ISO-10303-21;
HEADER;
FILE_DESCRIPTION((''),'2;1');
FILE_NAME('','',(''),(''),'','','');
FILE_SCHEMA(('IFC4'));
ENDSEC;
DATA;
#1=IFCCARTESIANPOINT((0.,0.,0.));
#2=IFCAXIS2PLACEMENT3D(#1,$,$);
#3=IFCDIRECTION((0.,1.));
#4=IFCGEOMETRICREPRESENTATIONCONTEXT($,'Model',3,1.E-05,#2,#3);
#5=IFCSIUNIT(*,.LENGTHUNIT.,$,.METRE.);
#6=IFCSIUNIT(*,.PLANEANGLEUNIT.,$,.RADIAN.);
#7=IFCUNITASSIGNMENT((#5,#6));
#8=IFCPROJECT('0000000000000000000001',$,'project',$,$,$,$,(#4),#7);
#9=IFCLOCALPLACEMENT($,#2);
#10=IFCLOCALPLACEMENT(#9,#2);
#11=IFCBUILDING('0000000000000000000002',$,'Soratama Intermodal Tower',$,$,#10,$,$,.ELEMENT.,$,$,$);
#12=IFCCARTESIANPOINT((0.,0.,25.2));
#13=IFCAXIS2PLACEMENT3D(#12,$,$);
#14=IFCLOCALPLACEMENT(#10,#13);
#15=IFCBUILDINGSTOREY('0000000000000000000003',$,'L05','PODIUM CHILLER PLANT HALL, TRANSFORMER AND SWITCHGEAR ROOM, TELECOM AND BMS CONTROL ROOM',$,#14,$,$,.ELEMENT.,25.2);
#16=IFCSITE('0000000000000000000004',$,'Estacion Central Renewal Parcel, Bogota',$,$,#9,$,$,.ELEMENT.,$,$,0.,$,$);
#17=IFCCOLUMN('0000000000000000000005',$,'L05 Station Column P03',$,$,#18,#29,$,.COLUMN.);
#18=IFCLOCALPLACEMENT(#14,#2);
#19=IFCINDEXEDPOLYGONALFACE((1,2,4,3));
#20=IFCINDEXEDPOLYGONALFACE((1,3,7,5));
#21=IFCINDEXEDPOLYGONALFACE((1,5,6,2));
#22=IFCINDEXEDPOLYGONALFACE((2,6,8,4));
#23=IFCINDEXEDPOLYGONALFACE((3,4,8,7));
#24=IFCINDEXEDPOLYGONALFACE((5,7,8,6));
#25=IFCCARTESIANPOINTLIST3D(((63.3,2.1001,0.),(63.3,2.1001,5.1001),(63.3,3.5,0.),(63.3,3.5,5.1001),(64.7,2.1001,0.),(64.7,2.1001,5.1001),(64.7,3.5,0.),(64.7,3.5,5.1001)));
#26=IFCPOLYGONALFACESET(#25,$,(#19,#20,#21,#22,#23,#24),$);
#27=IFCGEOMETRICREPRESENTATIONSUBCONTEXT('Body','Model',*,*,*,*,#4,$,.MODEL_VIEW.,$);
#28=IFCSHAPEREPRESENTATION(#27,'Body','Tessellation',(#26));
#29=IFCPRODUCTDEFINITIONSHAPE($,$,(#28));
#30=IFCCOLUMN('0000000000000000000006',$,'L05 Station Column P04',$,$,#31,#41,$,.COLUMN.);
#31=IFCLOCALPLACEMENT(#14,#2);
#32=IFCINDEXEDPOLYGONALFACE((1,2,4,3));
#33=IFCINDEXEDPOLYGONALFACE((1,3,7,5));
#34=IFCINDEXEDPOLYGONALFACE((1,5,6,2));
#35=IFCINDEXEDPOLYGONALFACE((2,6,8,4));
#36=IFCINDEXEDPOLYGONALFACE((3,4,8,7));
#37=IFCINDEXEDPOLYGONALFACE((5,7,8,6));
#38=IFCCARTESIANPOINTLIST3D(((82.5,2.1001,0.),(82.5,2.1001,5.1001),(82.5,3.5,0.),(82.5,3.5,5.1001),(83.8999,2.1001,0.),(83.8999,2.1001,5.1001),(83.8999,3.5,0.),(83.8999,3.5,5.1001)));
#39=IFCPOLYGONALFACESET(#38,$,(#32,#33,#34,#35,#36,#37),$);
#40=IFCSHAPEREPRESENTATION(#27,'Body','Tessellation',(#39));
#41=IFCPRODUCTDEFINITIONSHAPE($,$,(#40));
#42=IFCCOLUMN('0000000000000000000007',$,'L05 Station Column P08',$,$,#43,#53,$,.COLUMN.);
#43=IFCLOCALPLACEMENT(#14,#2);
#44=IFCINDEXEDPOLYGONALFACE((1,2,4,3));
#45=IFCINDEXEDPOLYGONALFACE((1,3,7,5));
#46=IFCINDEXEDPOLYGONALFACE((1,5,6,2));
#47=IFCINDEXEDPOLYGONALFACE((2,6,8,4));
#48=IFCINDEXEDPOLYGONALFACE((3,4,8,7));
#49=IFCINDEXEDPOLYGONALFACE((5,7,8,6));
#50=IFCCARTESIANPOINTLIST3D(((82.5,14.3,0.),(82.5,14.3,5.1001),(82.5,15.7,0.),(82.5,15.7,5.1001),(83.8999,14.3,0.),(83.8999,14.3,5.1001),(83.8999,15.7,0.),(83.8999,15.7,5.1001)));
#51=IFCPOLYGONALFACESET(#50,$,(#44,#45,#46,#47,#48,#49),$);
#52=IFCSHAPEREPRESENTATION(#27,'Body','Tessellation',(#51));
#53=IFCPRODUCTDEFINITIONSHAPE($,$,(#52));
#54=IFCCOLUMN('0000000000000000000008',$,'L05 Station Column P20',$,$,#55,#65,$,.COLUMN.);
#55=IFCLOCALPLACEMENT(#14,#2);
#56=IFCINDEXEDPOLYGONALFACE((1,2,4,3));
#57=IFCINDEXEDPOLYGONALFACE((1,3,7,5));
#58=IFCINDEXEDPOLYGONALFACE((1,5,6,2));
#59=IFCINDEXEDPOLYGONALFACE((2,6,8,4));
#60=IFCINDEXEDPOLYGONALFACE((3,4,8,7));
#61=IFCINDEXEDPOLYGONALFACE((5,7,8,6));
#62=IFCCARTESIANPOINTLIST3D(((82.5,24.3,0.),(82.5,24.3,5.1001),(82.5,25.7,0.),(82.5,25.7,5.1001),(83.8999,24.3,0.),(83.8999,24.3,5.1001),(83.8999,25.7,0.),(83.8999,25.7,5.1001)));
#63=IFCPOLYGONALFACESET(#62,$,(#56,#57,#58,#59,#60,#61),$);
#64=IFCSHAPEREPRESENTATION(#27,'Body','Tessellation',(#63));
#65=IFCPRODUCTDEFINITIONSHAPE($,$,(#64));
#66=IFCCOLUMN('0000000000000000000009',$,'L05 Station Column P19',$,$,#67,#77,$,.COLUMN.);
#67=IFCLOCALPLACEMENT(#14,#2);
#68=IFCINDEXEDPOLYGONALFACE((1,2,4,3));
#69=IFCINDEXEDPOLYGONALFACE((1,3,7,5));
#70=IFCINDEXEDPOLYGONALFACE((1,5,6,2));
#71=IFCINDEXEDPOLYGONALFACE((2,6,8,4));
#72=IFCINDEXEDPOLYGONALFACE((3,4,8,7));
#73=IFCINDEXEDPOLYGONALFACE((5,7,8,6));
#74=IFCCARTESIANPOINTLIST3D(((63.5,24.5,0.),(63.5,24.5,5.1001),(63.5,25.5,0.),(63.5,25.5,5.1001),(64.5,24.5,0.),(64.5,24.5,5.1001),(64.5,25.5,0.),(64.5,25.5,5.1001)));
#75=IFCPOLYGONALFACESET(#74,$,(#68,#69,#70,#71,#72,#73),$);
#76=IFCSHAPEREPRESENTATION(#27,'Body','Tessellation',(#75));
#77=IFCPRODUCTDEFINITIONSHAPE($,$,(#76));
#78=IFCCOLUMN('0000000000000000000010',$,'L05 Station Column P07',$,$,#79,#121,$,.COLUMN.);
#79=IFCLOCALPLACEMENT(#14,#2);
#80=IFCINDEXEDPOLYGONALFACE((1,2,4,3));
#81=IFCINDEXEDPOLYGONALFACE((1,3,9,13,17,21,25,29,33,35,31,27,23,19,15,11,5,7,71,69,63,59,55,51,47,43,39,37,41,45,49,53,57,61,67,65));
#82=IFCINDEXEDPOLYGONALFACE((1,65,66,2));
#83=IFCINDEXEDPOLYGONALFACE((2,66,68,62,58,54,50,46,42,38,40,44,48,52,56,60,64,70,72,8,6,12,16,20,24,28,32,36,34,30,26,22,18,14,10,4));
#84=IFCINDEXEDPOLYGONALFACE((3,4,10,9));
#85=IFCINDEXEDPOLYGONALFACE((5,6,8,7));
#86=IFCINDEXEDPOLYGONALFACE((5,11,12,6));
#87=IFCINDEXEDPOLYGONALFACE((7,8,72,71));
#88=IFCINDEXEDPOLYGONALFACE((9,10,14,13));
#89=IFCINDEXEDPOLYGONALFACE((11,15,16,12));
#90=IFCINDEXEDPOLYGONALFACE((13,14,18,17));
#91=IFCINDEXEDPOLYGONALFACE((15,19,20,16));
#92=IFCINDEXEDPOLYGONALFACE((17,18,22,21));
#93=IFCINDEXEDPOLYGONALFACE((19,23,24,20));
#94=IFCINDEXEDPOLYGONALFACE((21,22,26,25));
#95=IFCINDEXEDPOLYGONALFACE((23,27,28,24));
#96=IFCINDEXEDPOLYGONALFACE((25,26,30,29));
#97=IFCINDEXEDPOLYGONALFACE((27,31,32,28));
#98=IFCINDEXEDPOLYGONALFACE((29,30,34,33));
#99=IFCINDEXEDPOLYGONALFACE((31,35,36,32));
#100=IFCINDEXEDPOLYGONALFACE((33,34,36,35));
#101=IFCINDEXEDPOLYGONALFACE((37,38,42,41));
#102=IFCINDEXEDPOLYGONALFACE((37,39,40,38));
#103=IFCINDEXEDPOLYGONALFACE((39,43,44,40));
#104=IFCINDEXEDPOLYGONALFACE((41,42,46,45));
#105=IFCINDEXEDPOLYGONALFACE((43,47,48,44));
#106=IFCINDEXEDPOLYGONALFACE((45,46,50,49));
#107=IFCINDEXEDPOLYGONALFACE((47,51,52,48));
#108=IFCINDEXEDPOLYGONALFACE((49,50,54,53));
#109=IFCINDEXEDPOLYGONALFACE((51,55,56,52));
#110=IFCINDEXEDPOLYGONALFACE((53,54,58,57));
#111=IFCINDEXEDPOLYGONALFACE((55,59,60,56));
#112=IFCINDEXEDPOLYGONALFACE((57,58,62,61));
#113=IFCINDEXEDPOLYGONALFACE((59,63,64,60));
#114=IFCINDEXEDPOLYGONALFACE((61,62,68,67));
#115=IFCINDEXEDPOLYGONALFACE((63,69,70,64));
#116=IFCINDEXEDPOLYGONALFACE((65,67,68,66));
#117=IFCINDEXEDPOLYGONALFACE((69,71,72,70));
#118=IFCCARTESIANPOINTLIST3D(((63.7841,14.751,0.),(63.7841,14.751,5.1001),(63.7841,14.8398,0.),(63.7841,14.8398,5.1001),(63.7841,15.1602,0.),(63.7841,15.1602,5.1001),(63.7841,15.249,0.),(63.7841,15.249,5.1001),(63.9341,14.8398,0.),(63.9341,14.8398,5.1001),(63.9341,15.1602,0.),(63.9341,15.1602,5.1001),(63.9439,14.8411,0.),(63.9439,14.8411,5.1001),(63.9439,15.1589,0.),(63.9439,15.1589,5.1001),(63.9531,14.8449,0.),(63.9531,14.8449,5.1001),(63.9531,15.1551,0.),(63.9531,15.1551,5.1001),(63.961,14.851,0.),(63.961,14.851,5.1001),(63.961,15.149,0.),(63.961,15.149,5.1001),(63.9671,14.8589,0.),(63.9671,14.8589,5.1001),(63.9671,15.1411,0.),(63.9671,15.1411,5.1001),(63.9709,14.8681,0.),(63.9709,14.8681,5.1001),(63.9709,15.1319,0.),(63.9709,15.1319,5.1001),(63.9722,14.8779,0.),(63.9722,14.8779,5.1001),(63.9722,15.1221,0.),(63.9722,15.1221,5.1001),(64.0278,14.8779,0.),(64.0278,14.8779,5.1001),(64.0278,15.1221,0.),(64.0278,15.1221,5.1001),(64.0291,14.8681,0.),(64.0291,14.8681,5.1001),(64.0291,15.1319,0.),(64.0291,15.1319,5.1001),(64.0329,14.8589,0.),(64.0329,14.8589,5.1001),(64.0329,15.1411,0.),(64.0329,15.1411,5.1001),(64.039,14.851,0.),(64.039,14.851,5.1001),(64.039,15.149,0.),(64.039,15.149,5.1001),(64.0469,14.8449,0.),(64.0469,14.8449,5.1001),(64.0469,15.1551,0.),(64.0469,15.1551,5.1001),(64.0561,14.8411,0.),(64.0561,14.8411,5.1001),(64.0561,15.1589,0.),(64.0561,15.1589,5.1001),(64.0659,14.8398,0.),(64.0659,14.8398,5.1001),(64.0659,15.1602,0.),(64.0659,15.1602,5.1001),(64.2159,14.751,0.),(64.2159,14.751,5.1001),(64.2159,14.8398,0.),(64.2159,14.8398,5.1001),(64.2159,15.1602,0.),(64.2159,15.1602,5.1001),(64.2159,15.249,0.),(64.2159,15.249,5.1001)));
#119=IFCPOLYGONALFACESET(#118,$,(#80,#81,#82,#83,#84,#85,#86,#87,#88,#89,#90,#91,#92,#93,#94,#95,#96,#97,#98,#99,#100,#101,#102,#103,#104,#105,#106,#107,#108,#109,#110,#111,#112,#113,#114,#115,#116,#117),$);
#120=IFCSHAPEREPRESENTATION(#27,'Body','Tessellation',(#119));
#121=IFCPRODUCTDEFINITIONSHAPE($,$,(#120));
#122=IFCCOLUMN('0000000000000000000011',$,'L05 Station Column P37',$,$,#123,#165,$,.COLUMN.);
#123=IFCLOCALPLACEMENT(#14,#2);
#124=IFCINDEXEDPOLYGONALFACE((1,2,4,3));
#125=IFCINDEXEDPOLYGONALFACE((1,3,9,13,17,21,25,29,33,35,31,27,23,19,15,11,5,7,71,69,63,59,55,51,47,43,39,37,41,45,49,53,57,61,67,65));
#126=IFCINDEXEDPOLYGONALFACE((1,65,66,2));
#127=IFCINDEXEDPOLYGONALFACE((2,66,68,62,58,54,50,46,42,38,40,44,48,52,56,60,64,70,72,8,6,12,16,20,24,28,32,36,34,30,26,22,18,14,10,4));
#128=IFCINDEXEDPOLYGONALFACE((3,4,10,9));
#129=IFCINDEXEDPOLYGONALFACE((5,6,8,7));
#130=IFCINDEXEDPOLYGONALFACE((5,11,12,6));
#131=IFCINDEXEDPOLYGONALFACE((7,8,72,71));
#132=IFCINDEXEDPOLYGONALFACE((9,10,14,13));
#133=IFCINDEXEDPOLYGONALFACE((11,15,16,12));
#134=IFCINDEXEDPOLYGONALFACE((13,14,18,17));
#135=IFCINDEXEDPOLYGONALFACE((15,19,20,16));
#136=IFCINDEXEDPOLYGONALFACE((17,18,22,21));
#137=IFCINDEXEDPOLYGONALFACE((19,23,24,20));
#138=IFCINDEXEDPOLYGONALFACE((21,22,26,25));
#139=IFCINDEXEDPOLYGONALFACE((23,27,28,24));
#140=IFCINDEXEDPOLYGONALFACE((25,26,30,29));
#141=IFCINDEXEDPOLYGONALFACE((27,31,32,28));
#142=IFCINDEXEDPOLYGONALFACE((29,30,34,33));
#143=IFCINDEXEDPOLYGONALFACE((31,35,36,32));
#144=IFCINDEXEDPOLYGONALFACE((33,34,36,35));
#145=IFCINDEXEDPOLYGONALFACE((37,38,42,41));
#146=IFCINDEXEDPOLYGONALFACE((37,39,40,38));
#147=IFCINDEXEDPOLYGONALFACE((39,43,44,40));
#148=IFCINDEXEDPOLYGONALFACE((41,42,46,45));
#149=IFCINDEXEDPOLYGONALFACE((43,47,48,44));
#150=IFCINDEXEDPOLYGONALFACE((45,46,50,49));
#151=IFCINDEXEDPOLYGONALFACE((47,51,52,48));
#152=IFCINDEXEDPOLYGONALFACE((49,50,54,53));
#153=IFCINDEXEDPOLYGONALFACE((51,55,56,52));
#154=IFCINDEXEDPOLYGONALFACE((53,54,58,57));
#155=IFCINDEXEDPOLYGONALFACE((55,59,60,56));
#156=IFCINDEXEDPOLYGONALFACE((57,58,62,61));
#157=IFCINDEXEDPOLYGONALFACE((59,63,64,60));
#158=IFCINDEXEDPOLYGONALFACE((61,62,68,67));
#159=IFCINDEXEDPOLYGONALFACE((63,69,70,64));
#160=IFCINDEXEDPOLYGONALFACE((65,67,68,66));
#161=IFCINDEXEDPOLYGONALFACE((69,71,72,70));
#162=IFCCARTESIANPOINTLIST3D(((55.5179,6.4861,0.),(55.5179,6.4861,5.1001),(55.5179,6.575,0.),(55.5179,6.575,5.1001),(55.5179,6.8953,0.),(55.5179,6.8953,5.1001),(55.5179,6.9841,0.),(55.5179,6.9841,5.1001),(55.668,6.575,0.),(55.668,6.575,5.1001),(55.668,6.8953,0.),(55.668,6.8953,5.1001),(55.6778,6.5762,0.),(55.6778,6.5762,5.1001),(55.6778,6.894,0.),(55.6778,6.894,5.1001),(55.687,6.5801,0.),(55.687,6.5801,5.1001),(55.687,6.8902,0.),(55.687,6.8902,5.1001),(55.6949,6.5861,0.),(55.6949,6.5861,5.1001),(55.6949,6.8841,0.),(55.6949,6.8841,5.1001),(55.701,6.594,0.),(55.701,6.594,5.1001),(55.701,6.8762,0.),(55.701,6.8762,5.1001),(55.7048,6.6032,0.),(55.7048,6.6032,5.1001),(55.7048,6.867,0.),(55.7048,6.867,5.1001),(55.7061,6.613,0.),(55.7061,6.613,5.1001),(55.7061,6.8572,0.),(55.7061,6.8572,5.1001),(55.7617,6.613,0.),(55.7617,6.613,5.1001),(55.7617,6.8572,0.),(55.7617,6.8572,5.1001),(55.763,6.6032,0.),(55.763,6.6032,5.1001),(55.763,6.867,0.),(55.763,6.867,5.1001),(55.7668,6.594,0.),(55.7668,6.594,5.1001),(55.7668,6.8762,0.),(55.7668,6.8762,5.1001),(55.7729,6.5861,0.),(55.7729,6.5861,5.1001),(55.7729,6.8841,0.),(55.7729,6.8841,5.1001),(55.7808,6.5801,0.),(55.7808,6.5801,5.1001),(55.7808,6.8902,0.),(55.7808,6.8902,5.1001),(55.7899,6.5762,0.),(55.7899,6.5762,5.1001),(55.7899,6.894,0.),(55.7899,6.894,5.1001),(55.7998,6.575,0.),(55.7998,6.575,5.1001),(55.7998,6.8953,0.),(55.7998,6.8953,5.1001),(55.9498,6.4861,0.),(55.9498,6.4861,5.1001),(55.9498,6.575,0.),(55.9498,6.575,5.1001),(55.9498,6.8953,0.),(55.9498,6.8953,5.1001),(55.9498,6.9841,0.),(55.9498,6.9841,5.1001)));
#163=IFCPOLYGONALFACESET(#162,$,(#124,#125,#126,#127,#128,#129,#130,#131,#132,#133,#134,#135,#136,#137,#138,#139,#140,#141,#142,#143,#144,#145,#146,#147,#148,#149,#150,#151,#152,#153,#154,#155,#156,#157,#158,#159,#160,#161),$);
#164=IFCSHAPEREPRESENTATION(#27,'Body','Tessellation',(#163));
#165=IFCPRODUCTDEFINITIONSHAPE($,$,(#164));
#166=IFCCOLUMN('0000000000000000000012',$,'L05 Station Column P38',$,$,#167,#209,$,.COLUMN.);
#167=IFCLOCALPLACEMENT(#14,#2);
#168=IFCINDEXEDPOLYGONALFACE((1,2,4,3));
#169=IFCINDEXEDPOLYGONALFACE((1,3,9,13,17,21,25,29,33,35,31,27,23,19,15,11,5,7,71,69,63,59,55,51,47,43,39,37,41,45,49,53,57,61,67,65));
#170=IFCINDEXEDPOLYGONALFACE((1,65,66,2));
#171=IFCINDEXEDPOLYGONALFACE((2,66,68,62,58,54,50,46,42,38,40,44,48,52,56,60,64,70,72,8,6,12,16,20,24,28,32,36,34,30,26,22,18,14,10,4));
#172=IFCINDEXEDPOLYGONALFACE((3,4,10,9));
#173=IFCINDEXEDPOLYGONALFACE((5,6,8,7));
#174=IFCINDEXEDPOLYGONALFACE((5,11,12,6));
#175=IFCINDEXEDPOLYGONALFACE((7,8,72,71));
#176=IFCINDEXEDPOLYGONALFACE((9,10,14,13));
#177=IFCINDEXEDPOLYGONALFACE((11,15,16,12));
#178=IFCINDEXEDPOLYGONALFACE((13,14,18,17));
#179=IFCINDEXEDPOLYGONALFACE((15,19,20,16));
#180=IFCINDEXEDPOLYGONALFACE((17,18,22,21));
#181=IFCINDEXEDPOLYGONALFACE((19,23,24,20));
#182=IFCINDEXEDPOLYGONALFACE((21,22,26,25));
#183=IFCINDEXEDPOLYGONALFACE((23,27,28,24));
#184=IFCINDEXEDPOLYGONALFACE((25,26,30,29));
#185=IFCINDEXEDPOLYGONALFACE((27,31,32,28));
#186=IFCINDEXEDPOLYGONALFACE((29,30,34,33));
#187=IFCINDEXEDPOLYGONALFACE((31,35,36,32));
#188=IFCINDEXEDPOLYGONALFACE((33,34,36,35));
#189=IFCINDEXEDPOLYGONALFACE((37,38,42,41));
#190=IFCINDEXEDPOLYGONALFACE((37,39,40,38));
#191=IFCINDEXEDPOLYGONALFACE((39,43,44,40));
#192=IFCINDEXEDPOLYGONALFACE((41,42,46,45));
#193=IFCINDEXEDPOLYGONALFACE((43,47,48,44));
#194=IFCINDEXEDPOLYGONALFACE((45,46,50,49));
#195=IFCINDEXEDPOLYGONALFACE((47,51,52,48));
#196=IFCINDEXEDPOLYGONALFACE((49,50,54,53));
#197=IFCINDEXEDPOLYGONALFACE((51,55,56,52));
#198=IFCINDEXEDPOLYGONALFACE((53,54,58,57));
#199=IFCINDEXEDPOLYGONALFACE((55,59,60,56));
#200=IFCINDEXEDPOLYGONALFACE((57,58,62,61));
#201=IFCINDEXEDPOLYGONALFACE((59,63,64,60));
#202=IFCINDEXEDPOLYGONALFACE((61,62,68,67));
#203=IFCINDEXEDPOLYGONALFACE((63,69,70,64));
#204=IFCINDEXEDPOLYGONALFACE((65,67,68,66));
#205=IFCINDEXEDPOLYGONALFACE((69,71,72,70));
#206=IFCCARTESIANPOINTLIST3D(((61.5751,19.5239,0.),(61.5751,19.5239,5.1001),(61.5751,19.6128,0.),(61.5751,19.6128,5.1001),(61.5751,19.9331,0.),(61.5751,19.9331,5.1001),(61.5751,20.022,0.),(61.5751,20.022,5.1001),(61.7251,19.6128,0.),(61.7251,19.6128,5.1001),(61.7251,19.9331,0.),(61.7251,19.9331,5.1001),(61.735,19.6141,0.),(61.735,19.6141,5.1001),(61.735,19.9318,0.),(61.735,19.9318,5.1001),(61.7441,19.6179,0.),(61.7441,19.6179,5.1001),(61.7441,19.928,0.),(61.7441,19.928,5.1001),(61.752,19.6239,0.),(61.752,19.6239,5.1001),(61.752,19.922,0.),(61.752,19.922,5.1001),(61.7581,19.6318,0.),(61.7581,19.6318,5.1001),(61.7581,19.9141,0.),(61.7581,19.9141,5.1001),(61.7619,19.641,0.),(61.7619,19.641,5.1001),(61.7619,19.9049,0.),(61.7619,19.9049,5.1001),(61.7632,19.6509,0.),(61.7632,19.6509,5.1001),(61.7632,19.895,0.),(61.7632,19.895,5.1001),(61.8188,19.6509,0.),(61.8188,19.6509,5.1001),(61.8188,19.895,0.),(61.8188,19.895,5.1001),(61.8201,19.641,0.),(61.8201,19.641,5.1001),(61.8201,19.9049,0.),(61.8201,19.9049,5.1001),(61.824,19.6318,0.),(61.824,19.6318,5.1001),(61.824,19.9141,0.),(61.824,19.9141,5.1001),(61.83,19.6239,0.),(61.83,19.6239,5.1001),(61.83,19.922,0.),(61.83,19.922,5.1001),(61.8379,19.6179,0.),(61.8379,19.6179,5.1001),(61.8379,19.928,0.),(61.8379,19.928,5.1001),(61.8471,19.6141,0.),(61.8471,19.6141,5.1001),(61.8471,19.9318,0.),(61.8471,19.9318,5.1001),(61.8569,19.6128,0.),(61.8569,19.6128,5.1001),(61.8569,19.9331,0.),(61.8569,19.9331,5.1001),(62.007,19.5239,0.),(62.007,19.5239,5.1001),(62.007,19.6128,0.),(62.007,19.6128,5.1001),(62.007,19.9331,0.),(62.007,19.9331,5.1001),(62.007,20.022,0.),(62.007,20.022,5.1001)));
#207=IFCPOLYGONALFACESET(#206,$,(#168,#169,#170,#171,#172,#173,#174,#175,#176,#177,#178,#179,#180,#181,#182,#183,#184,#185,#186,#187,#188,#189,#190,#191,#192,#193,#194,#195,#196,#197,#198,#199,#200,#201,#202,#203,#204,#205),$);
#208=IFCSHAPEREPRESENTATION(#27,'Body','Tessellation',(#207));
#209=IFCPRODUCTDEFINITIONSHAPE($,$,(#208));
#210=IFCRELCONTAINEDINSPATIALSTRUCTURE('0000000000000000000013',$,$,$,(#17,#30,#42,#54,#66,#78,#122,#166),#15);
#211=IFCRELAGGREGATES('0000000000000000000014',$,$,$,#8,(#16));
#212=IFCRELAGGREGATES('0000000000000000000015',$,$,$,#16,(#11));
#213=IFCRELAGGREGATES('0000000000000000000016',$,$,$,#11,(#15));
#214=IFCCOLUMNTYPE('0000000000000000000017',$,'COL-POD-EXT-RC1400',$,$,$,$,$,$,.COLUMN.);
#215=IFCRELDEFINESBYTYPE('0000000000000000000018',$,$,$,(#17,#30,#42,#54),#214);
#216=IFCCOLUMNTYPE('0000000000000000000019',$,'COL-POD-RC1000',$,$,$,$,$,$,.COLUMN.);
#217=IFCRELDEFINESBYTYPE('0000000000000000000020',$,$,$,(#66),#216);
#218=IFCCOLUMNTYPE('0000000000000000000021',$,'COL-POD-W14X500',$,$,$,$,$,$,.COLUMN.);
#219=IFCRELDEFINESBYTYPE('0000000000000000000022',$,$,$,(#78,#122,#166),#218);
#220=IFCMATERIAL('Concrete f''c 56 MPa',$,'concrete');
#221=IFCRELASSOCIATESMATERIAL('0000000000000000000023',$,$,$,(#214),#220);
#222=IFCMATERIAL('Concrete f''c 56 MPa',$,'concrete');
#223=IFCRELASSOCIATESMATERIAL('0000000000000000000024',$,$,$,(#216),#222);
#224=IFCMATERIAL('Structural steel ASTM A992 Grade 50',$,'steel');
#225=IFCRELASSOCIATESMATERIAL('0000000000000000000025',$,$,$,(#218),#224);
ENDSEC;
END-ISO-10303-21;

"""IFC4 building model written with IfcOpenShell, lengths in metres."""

from ifc_helpers import new_model, si_unit, direction, frame, origin, origin_2d, place, context, subcontext, project, spatial, rectangle, i_section, extrude, material, material_profile, profile_set, type_object, element, save


model = new_model("IFC4")

# Units and contexts
model_context = context("Model", 3, precision=1e-05, world=origin(), true_north=direction((0.0, 1.0)))
body_context = subcontext(model_context, "Body", "Model", "MODEL_VIEW")
ifc_project = project(units=[si_unit("LENGTHUNIT", "METRE"), si_unit("PLANEANGLEUNIT", "RADIAN")], contexts=[model_context])

# Site, building, storey
site_placement = place(None, origin())
site = spatial("IfcSite", under=ifc_project, at=site_placement, Name="Estacion Central Renewal Parcel, Bogota", CompositionType="ELEMENT", RefElevation=0.0)
building_placement = place(site_placement, origin())
building = spatial("IfcBuilding", under=site, at=building_placement, Name="Soratama Intermodal Tower", CompositionType="ELEMENT")
storey_placement = place(building_placement, frame((0.0, 0.0, 25.2)))
storey = spatial("IfcBuildingStorey", under=building, at=storey_placement, Name="L05", Description="PODIUM CHILLER PLANT HALL, TRANSFORMER AND SWITCHGEAR ROOM, TELECOM AND BMS CONTROL ROOM", CompositionType="ELEMENT", Elevation=25.2)

# Columns
ifc_material_1 = material(Name="Concrete f'c 56 MPa", Category="concrete")
ifc_material_profile_1 = material_profile(ifc_material_1, rectangle(XDim=1.3999, YDim=1.3999, at=origin_2d()), Name="RC1400X1400")
ifc_profile_set_1 = profile_set([ifc_material_profile_1], Name="Concrete f'c 56 MPa")
column_type_1 = type_object("IfcColumnType", Name="COL-POD-EXT-RC1400", PredefinedType="COLUMN", material=ifc_profile_set_1)
for number, where, z_axis, x_axis, name in (
    (1, (64.0, 2.8, 0.0), (0.0, 0.0, 1.0), (1.0, 0.0, 0.0), "L05 Station Column P03"),
    (2, (83.2, 2.8, 0.0), (0.0, 0.0, 1.0), (1.0, 0.0, 0.0), "L05 Station Column P04"),
    (3, (83.2, 15.0, 0.0), (0.0, 0.0, 1.0), (1.0, 0.0, 0.0), "L05 Station Column P08"),
    (4, (83.2, 25.0, 0.0), (0.0, 0.0, 1.0), (1.0, 0.0, 0.0), "L05 Station Column P20"),
):
    element("IfcColumn", number, at=place(storey_placement, frame(where, z_axis=z_axis, x_axis=x_axis)), inside=storey, type_object=column_type_1, Name=name, PredefinedType="COLUMN", context=body_context, shape_type="SweptSolid", body=[
        extrude(rectangle(XDim=1.3999, YDim=1.3999, at=origin_2d()), origin(), (0.0, 0.0, 1.0), 5.1001),
    ])
ifc_material_2 = material(Name="Concrete f'c 56 MPa", Category="concrete")
ifc_material_profile_2 = material_profile(ifc_material_2, rectangle(XDim=1.0, YDim=1.0, at=origin_2d()), Name="RC1000X1000")
ifc_profile_set_2 = profile_set([ifc_material_profile_2], Name="Concrete f'c 56 MPa")
column_type_2 = type_object("IfcColumnType", Name="COL-POD-RC1000", PredefinedType="COLUMN", material=ifc_profile_set_2)
column_placement = place(storey_placement, frame((64.0, 25.0, 0.0), z_axis=(0.0, 0.0, 1.0), x_axis=(1.0, 0.0, 0.0)))
element("IfcColumn", 5, at=column_placement, inside=storey, type_object=column_type_2, Name="L05 Station Column P19", PredefinedType="COLUMN", context=body_context, shape_type="SweptSolid", body=[
    extrude(rectangle(XDim=1.0, YDim=1.0, at=origin_2d()), origin(), (0.0, 0.0, 1.0), 5.1001),
])
ifc_material_3 = material(Name="Structural steel ASTM A992 Grade 50", Category="steel")
ifc_material_profile_3 = material_profile(ifc_material_3, i_section(OverallWidth=0.4319, OverallDepth=0.498, WebThickness=0.0557, FlangeThickness=0.0889, FilletRadius=0.0381, at=origin_2d()), Name="W14X500")
ifc_profile_set_3 = profile_set([ifc_material_profile_3], Name="Structural steel ASTM A992 Grade 50")
column_type_3 = type_object("IfcColumnType", Name="COL-POD-W14X500", PredefinedType="COLUMN", material=ifc_profile_set_3)
for number, where, z_axis, x_axis, name in (
    (6, (64.0, 15.0, 0.0), (0.0, 0.0, 1.0), (1.0, 0.0, 0.0), "L05 Station Column P07"),
    (7, (55.7339, 6.7351, 0.0), (0.0, 0.0, 1.0), (1.0, 0.0, 0.0), "L05 Station Column P37"),
    (8, (61.791, 19.7729, 0.0), (0.0, 0.0, 1.0), (1.0, 0.0, 0.0), "L05 Station Column P38"),
):
    element("IfcColumn", number, at=place(storey_placement, frame(where, z_axis=z_axis, x_axis=x_axis)), inside=storey, type_object=column_type_3, Name=name, PredefinedType="COLUMN", context=body_context, shape_type="SweptSolid", body=[
        extrude(i_section(OverallWidth=0.4319, OverallDepth=0.498, WebThickness=0.0557, FlangeThickness=0.0889, FilletRadius=0.0381, at=origin_2d()), origin(), (0.0, 0.0, 1.0), 5.1001),
    ])

save(model, "model.ifc")
